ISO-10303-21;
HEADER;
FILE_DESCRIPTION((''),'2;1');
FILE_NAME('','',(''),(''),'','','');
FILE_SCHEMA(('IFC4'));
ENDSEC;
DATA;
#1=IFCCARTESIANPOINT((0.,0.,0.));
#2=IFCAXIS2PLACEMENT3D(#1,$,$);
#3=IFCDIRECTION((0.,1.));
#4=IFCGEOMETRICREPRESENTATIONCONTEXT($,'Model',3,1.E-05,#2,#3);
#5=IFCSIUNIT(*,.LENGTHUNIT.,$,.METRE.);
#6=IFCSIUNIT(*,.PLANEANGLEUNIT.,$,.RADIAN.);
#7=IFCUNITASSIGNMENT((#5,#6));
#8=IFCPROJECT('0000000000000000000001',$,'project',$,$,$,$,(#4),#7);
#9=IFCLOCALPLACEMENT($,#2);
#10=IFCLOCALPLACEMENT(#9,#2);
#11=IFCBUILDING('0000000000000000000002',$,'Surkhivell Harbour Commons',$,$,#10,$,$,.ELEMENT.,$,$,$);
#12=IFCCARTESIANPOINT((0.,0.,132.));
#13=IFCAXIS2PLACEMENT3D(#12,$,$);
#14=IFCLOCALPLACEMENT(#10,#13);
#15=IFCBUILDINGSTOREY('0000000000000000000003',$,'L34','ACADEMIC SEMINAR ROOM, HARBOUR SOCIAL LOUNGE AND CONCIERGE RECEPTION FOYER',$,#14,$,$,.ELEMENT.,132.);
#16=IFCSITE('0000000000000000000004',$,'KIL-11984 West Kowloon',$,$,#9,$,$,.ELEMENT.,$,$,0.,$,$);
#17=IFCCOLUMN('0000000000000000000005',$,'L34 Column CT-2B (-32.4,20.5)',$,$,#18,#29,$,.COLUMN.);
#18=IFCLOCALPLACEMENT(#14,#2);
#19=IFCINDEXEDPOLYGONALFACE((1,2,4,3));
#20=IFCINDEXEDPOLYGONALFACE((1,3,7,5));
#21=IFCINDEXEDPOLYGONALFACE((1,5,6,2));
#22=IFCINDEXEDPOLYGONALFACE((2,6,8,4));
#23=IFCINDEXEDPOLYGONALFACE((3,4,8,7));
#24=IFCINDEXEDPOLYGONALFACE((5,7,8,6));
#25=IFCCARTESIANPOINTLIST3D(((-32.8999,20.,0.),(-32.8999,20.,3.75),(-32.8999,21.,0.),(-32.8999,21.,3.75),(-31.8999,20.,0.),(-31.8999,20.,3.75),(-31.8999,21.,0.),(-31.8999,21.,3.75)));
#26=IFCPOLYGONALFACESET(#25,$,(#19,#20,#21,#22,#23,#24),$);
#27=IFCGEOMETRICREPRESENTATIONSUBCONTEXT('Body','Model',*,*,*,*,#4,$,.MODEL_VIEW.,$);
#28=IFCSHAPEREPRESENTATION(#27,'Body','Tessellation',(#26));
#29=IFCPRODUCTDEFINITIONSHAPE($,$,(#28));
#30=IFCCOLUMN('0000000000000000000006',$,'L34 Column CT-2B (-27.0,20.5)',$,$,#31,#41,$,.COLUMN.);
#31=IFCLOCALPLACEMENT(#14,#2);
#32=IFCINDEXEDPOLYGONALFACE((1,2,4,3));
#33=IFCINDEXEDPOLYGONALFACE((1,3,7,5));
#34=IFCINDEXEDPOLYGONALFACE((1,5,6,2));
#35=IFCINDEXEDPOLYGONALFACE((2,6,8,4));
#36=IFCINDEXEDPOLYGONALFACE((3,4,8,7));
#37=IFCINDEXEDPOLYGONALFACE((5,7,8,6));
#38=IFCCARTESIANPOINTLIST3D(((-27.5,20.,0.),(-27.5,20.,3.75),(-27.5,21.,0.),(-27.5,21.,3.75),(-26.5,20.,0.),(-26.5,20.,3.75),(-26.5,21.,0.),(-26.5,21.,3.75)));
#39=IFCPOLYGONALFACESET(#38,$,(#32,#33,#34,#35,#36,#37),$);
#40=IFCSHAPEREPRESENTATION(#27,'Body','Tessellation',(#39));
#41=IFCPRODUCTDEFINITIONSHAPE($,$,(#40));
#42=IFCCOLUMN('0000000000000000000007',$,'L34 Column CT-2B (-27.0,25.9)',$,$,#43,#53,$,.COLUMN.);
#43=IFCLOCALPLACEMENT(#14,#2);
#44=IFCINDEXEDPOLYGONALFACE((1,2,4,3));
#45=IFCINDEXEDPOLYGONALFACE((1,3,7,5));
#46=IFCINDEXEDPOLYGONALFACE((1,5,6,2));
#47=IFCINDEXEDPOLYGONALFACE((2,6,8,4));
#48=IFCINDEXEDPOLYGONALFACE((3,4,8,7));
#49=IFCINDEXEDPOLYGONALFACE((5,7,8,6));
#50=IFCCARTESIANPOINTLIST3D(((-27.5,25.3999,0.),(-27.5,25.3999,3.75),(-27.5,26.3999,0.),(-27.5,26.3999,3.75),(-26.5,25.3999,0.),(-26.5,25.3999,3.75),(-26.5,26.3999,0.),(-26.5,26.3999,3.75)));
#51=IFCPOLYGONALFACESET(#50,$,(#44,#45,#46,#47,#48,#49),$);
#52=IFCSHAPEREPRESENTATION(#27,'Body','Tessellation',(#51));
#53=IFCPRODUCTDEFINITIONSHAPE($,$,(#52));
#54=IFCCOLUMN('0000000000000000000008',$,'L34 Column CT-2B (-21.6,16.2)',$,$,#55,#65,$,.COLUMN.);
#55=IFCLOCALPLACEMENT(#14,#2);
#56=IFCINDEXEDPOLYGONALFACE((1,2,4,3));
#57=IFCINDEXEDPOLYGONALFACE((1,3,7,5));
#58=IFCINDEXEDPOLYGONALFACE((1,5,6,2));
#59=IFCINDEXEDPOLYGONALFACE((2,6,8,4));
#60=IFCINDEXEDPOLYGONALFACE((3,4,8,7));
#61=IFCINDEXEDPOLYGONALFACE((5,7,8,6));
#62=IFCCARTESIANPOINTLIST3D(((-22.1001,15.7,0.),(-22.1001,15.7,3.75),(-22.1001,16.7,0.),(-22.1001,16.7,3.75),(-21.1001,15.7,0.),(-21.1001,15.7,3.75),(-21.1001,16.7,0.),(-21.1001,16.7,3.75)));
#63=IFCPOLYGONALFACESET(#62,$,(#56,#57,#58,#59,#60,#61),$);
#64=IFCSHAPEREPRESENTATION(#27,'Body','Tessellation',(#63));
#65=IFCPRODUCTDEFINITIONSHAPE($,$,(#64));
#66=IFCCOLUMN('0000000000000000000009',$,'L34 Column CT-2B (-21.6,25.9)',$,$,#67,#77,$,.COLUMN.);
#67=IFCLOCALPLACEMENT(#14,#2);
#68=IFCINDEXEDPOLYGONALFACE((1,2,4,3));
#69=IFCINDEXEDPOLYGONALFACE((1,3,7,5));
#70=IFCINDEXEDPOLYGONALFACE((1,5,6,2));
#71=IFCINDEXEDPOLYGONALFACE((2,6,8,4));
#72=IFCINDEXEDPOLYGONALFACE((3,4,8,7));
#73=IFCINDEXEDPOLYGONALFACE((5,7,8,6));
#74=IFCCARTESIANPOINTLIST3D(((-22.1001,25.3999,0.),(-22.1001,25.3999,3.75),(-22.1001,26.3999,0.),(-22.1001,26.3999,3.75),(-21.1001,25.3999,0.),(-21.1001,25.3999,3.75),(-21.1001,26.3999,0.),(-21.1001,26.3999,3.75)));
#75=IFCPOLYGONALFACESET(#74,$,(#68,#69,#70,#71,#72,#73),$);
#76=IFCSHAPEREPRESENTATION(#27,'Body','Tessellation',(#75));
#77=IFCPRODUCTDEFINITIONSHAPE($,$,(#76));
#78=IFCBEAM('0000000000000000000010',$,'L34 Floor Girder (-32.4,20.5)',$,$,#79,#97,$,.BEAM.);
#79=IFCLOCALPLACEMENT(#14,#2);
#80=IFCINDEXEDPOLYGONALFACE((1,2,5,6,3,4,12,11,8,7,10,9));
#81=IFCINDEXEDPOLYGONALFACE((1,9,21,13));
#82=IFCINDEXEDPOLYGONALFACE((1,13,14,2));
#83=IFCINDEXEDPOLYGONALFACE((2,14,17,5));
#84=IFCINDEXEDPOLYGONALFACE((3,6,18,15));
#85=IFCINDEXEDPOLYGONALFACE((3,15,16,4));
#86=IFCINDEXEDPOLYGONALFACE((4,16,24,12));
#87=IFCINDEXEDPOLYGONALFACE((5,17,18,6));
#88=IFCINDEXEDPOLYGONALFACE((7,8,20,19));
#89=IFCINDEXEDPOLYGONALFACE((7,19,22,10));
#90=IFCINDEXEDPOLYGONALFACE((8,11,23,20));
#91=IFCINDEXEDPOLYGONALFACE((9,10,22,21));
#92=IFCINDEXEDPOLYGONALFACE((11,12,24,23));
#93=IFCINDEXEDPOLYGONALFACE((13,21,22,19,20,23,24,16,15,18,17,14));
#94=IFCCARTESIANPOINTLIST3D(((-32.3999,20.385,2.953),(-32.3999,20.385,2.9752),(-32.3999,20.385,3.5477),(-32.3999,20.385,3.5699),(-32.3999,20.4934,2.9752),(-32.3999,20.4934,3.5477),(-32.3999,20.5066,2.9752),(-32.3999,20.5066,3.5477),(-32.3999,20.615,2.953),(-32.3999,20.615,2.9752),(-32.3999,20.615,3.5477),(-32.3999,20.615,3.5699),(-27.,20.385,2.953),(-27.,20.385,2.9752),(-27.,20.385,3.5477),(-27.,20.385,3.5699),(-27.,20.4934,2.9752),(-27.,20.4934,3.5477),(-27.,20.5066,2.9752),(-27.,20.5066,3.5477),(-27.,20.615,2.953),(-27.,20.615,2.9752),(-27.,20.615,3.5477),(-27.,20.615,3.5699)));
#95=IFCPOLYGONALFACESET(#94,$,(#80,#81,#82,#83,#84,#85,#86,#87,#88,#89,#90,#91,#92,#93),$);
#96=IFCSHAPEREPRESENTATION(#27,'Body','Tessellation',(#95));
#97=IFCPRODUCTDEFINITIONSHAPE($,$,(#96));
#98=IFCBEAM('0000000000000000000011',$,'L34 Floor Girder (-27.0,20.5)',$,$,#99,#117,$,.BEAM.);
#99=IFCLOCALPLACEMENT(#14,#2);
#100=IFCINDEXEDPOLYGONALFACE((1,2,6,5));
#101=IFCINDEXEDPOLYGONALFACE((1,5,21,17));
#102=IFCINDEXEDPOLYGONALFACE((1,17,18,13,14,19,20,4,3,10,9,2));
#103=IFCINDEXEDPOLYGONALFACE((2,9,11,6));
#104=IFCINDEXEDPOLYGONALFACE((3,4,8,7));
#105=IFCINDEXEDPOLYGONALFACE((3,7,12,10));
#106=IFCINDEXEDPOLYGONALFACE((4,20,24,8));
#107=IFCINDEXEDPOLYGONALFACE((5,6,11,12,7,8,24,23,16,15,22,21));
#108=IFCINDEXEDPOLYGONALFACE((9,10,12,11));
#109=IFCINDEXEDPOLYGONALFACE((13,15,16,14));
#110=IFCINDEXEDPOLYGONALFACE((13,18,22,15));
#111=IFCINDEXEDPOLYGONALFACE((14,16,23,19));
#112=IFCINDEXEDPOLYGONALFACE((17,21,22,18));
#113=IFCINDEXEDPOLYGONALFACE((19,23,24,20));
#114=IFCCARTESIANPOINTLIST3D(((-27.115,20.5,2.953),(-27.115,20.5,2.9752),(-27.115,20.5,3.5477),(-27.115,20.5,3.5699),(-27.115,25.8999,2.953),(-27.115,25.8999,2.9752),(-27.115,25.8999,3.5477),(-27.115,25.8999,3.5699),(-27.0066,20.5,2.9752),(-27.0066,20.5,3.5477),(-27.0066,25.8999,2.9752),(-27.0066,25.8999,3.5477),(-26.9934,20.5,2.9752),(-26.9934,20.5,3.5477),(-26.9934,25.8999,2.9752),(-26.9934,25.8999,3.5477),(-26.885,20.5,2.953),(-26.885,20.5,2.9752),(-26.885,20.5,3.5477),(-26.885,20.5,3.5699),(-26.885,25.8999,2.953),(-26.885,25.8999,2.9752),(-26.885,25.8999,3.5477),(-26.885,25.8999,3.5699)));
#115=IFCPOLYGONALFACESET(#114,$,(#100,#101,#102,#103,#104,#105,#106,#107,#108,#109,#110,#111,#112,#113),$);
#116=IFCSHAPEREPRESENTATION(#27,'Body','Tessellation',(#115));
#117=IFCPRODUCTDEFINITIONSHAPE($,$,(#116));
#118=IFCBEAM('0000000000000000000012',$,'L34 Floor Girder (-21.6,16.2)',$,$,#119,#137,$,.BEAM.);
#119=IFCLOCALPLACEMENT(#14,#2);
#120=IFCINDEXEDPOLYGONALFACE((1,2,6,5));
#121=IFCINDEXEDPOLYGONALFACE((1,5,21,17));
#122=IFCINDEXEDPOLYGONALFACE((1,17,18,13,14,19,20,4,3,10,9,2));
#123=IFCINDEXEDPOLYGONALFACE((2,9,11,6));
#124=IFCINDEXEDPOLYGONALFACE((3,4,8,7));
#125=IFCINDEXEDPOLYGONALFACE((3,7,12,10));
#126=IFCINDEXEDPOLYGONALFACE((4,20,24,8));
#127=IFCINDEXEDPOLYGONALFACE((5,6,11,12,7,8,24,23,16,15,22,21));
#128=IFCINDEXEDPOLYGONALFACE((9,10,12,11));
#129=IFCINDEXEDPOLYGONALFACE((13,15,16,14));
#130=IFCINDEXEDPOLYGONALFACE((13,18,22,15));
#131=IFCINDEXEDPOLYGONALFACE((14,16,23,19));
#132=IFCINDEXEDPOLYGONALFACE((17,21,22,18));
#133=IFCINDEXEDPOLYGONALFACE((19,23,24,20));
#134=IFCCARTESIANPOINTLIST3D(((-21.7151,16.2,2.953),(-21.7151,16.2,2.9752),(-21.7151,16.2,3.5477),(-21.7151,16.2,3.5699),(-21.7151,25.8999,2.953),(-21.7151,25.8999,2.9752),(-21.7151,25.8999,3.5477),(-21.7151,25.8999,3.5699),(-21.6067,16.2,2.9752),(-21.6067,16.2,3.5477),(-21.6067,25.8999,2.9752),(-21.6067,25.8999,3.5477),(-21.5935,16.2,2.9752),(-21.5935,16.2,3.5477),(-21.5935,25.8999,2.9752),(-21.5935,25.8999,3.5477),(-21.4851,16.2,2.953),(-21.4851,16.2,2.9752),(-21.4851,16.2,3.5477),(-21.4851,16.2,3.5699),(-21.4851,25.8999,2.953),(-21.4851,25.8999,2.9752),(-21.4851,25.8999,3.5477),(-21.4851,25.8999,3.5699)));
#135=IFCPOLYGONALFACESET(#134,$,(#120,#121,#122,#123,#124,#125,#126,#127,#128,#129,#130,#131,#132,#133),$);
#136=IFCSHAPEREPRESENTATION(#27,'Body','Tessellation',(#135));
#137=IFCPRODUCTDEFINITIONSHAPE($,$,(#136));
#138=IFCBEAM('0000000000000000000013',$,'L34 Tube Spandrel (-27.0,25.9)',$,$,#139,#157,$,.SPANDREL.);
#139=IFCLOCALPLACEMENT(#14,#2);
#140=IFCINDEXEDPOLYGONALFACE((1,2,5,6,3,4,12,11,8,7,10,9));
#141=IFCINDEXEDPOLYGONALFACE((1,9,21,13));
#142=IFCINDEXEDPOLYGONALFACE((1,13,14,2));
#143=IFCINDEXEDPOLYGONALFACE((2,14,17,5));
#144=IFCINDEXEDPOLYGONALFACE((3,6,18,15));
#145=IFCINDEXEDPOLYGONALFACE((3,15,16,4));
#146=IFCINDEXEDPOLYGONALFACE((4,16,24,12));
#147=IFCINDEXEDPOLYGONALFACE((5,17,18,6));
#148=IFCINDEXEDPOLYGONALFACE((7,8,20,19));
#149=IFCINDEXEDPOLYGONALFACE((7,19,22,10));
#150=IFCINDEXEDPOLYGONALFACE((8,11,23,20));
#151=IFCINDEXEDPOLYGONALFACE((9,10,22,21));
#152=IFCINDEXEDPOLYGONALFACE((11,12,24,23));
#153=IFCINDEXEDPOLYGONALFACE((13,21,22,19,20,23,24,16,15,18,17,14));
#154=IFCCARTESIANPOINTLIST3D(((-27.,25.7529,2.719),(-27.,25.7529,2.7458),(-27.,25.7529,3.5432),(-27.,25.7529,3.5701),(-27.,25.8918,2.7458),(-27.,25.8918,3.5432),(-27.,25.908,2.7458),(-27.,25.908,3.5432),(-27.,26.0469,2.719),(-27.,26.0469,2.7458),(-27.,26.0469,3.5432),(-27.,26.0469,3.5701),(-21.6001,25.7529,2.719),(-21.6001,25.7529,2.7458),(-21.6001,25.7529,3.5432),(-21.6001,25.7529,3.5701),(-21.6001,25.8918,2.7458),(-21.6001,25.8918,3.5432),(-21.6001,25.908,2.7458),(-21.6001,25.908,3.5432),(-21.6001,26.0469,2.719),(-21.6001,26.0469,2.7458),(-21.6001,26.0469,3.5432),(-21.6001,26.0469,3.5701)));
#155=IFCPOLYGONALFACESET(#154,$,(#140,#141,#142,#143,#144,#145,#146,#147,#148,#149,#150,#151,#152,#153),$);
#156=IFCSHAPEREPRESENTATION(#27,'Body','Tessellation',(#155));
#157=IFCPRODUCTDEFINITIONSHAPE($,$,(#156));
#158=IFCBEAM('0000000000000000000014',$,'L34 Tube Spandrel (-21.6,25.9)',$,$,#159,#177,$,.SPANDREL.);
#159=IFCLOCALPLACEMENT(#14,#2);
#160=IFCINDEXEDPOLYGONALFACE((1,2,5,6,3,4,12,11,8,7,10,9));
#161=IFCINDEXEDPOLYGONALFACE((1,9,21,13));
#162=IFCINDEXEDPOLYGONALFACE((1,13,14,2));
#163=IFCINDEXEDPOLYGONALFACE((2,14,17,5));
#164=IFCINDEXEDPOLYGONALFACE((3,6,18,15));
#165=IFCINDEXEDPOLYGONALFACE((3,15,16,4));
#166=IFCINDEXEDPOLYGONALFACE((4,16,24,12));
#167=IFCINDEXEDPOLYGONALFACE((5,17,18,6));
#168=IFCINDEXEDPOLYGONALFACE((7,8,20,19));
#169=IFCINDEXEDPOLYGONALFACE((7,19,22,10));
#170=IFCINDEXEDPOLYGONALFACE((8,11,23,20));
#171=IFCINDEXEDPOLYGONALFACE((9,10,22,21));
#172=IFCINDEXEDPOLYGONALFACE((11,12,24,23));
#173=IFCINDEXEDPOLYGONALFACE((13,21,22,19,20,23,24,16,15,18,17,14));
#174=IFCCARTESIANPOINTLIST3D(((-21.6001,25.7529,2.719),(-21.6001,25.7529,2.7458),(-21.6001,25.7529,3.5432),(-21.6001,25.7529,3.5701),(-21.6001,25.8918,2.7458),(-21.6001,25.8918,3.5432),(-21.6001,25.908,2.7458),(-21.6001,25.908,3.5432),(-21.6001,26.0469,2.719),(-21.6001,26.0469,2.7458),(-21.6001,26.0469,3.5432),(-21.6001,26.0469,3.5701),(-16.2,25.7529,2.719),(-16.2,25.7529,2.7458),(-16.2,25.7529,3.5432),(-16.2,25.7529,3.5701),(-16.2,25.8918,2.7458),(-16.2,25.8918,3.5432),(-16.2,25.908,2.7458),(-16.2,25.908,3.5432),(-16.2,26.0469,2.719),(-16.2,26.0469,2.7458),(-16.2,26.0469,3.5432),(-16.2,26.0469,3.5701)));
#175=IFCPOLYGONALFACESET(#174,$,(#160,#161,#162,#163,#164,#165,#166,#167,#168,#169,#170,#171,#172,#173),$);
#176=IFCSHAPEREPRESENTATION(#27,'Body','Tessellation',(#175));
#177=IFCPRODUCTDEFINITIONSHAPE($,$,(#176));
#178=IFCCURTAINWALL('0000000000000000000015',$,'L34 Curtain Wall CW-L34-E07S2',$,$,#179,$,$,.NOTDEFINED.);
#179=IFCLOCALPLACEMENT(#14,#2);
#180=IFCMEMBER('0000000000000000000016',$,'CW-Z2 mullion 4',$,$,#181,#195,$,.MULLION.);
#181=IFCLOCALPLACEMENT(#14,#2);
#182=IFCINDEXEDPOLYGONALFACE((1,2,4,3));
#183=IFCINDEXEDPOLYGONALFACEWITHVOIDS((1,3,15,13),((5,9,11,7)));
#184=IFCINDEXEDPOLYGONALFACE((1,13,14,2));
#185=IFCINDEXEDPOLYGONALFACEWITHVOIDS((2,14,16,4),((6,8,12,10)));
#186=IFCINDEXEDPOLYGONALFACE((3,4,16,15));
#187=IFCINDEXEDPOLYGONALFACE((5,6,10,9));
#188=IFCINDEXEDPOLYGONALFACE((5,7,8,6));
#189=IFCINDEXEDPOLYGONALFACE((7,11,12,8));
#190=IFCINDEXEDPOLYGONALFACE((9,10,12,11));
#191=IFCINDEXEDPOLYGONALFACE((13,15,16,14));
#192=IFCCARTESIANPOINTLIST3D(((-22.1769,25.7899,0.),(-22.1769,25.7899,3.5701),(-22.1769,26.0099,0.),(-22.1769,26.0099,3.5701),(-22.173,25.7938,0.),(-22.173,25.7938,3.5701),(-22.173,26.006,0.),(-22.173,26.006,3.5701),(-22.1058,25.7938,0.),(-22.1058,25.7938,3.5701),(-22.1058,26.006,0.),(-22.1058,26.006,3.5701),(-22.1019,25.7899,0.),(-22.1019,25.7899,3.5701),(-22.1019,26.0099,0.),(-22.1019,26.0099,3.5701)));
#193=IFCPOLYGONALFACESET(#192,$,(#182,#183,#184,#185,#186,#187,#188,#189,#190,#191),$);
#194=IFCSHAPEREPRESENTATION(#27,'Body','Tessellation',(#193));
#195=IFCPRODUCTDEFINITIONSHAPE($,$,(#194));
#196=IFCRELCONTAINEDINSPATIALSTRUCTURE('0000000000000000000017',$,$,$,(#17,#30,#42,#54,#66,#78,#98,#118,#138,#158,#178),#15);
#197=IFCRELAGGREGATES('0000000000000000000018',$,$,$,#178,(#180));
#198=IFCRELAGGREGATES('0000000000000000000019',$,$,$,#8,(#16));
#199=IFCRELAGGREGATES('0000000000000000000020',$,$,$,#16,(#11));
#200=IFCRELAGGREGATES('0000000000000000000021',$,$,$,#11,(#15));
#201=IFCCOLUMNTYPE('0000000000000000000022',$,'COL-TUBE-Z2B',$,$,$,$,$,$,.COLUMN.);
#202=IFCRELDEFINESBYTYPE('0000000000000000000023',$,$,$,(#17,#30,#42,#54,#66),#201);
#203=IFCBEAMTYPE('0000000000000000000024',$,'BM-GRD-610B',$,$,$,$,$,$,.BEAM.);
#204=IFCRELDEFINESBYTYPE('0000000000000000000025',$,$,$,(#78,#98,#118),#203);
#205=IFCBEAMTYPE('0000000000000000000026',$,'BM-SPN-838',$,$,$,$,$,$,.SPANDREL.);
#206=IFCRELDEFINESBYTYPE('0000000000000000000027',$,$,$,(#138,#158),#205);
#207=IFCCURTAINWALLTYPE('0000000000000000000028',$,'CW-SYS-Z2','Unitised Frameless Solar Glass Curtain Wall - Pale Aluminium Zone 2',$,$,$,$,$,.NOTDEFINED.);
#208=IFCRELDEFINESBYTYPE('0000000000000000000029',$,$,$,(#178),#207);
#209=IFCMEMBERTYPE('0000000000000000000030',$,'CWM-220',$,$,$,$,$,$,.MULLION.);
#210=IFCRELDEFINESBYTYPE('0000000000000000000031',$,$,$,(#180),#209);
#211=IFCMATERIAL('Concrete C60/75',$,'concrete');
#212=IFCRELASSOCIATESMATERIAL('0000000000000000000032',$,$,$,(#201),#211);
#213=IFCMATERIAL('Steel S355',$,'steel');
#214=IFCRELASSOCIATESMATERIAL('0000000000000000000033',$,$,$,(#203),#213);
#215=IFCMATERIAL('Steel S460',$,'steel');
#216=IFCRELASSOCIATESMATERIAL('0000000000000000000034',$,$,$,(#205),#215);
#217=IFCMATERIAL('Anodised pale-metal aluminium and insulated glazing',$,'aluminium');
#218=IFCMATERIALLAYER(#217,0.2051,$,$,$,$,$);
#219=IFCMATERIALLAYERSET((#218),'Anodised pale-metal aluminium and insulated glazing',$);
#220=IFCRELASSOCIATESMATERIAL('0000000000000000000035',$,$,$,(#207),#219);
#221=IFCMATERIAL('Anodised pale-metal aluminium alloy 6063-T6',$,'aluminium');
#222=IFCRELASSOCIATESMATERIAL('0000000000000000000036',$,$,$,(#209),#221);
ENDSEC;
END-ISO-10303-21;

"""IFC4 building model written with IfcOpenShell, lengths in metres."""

from ifc_helpers import new_model, si_unit, direction, frame, origin, origin_2d, place, context, subcontext, project, spatial, rectangle, hollow_rectangle, i_section, extrude, material, layer, layer_set, material_profile, profile_set, type_object, element, aggregate, save


model = new_model("IFC4")

# Units and contexts
model_context = context("Model", 3, precision=1e-05, world=origin(), true_north=direction((0.0, 1.0)))
body_context = subcontext(model_context, "Body", "Model", "MODEL_VIEW")
ifc_project = project(units=[si_unit("LENGTHUNIT", "METRE"), si_unit("PLANEANGLEUNIT", "RADIAN")], contexts=[model_context])

# Site, building, storey
site_placement = place(None, origin())
site = spatial("IfcSite", under=ifc_project, at=site_placement, Name="KIL-11984 West Kowloon", CompositionType="ELEMENT", RefElevation=0.0)
building_placement = place(site_placement, origin())
building = spatial("IfcBuilding", under=site, at=building_placement, Name="Surkhivell Harbour Commons", CompositionType="ELEMENT")
storey_placement = place(building_placement, frame((0.0, 0.0, 132.0)))
storey = spatial("IfcBuildingStorey", under=building, at=storey_placement, Name="L34", Description="ACADEMIC SEMINAR ROOM, HARBOUR SOCIAL LOUNGE AND CONCIERGE RECEPTION FOYER", CompositionType="ELEMENT", Elevation=132.0)

# Columns
ifc_material_1 = material(Name="Concrete C60/75", Category="concrete")
ifc_material_profile_1 = material_profile(ifc_material_1, rectangle(XDim=1.0, YDim=1.0, at=origin_2d()), Name="RC-COL-1000x1000")
ifc_profile_set_1 = profile_set([ifc_material_profile_1], Name="Concrete C60/75")
column_type = type_object("IfcColumnType", Name="COL-TUBE-Z2B", PredefinedType="COLUMN", material=ifc_profile_set_1)
for number, where, z_axis, x_axis, name in (
    (1, (-32.3999, 20.5, 0.0), (0.0, 0.0, 1.0), (1.0, 0.0, 0.0), "L34 Column CT-2B (-32.4,20.5)"),
    (2, (-27.0, 20.5, 0.0), (0.0, 0.0, 1.0), (1.0, 0.0, 0.0), "L34 Column CT-2B (-27.0,20.5)"),
    (3, (-27.0, 25.8999, 0.0), (0.0, 0.0, 1.0), (1.0, 0.0, 0.0), "L34 Column CT-2B (-27.0,25.9)"),
    (4, (-21.6001, 16.2, 0.0), (0.0, 0.0, 1.0), (1.0, 0.0, 0.0), "L34 Column CT-2B (-21.6,16.2)"),
    (5, (-21.6001, 25.8999, 0.0), (0.0, 0.0, 1.0), (1.0, 0.0, 0.0), "L34 Column CT-2B (-21.6,25.9)"),
):
    element("IfcColumn", number, at=place(storey_placement, frame(where, z_axis=z_axis, x_axis=x_axis)), inside=storey, type_object=column_type, Name=name, PredefinedType="COLUMN", context=body_context, shape_type="SweptSolid", body=[
        extrude(rectangle(XDim=1.0, YDim=1.0, at=origin_2d()), origin(), (0.0, 0.0, 1.0), 3.75),
    ])

# Beams
ifc_material_2 = material(Name="Steel S355", Category="steel")
ifc_material_profile_2 = material_profile(ifc_material_2, i_section(OverallWidth=0.23, OverallDepth=0.6169, WebThickness=0.0132, FlangeThickness=0.0222, at=origin_2d()), Name="UB610x229x140")
ifc_profile_set_2 = profile_set([ifc_material_profile_2], Name="Steel S355")
beam_type_1 = type_object("IfcBeamType", Name="BM-GRD-610B", PredefinedType="BEAM", material=ifc_profile_set_2)
for number, where, z_axis, x_axis, name in (
    (6, (-32.3999, 20.5, 3.2615), (1.0, 0.0, 0.0), (0.0, 1.0, 0.0), "L34 Floor Girder (-32.4,20.5)"),
    (7, (-27.0, 20.5, 3.2615), (0.0, 1.0, 0.0), (-1.0, 0.0, 0.0), "L34 Floor Girder (-27.0,20.5)"),
):
    element("IfcBeam", number, at=place(storey_placement, frame(where, z_axis=z_axis, x_axis=x_axis)), inside=storey, type_object=beam_type_1, Name=name, PredefinedType="BEAM", context=body_context, shape_type="SweptSolid", body=[
        extrude(i_section(OverallWidth=0.23, OverallDepth=0.6169, WebThickness=0.0132, FlangeThickness=0.0222, at=origin_2d()), origin(), (0.0, 0.0, 1.0), 5.3999),
    ])
beam_1_placement = place(storey_placement, frame((-21.6001, 16.2, 3.2615), z_axis=(0.0, 1.0, 0.0), x_axis=(-1.0, 0.0, 0.0)))
element("IfcBeam", 8, at=beam_1_placement, inside=storey, type_object=beam_type_1, Name="L34 Floor Girder (-21.6,16.2)", PredefinedType="BEAM", context=body_context, shape_type="SweptSolid", body=[
    extrude(i_section(OverallWidth=0.23, OverallDepth=0.6169, WebThickness=0.0132, FlangeThickness=0.0222, at=origin_2d()), origin(), (0.0, 0.0, 1.0), 9.7),
])
ifc_material_3 = material(Name="Steel S460", Category="steel")
ifc_material_profile_3 = material_profile(ifc_material_3, i_section(OverallWidth=0.2939, OverallDepth=0.8511, WebThickness=0.0161, FlangeThickness=0.0269, at=origin_2d()), Name="UB838x292x226")
ifc_profile_set_3 = profile_set([ifc_material_profile_3], Name="Steel S460")
beam_type_2 = type_object("IfcBeamType", Name="BM-SPN-838", PredefinedType="SPANDREL", material=ifc_profile_set_3)
beam_2_placement = place(storey_placement, frame((-27.0, 25.8999, 3.1445), z_axis=(1.0, 0.0, 0.0), x_axis=(0.0, 1.0, 0.0)))
element("IfcBeam", 9, at=beam_2_placement, inside=storey, type_object=beam_type_2, Name="L34 Tube Spandrel (-27.0,25.9)", PredefinedType="SPANDREL", context=body_context, shape_type="SweptSolid", body=[
    extrude(i_section(OverallWidth=0.2939, OverallDepth=0.8511, WebThickness=0.0161, FlangeThickness=0.0269, at=origin_2d()), origin(), (0.0, 0.0, 1.0), 5.3999),
])
beam_3_placement = place(storey_placement, frame((-21.6001, 25.8999, 3.1445), z_axis=(1.0, 0.0, 0.0), x_axis=(0.0, 1.0, 0.0)))
element("IfcBeam", 10, at=beam_3_placement, inside=storey, type_object=beam_type_2, Name="L34 Tube Spandrel (-21.6,25.9)", PredefinedType="SPANDREL", context=body_context, shape_type="SweptSolid", body=[
    extrude(i_section(OverallWidth=0.2939, OverallDepth=0.8511, WebThickness=0.0161, FlangeThickness=0.0269, at=origin_2d()), origin(), (0.0, 0.0, 1.0), 5.4001),
])

# Curtain wall, member
ifc_material_4 = material(Name="Anodised pale-metal aluminium and insulated glazing", Category="aluminium")
ifc_layer_1 = layer(ifc_material_4, 0.2051)
ifc_layer_set_1 = layer_set([ifc_layer_1], Name="Anodised pale-metal aluminium and insulated glazing")
curtain_wall_type = type_object("IfcCurtainWallType", Name="CW-SYS-Z2", Description="Unitised Frameless Solar Glass Curtain Wall - Pale Aluminium Zone 2", PredefinedType="NOTDEFINED", material=ifc_layer_set_1)
curtain_wall_1_placement = place(storey_placement, origin())
curtain_wall_1 = element("IfcCurtainWall", 11, at=curtain_wall_1_placement, inside=storey, type_object=curtain_wall_type, Name="L34 Curtain Wall CW-L34-E07S2", PredefinedType="NOTDEFINED")
ifc_material_5 = material(Name="Anodised pale-metal aluminium alloy 6063-T6", Category="aluminium")
ifc_material_profile_4 = material_profile(ifc_material_5, hollow_rectangle(XDim=0.075, YDim=0.22, WallThickness=0.0039, at=origin_2d()), Name="ALU-MULL-75x220")
ifc_profile_set_4 = profile_set([ifc_material_profile_4], Name="Anodised pale-metal aluminium alloy 6063-T6")
member_type_1 = type_object("IfcMemberType", Name="CWM-220", PredefinedType="MULLION", material=ifc_profile_set_4)
member_1_placement = place(storey_placement, frame((-22.1394, 25.8999, 0.0), z_axis=(0.0, 0.0, 1.0), x_axis=(-1.0, 0.0, 0.0)))
member_1 = element("IfcMember", 12, at=member_1_placement, type_object=member_type_1, Name="CW-Z2 mullion 4", PredefinedType="MULLION", context=body_context, shape_type="SweptSolid", body=[
    extrude(hollow_rectangle(XDim=0.075, YDim=0.22, WallThickness=0.0039, at=origin_2d()), origin(), (0.0, 0.0, 1.0), 3.5701),
])

aggregate(curtain_wall_1, [member_1])

save(model, "model.ifc")
